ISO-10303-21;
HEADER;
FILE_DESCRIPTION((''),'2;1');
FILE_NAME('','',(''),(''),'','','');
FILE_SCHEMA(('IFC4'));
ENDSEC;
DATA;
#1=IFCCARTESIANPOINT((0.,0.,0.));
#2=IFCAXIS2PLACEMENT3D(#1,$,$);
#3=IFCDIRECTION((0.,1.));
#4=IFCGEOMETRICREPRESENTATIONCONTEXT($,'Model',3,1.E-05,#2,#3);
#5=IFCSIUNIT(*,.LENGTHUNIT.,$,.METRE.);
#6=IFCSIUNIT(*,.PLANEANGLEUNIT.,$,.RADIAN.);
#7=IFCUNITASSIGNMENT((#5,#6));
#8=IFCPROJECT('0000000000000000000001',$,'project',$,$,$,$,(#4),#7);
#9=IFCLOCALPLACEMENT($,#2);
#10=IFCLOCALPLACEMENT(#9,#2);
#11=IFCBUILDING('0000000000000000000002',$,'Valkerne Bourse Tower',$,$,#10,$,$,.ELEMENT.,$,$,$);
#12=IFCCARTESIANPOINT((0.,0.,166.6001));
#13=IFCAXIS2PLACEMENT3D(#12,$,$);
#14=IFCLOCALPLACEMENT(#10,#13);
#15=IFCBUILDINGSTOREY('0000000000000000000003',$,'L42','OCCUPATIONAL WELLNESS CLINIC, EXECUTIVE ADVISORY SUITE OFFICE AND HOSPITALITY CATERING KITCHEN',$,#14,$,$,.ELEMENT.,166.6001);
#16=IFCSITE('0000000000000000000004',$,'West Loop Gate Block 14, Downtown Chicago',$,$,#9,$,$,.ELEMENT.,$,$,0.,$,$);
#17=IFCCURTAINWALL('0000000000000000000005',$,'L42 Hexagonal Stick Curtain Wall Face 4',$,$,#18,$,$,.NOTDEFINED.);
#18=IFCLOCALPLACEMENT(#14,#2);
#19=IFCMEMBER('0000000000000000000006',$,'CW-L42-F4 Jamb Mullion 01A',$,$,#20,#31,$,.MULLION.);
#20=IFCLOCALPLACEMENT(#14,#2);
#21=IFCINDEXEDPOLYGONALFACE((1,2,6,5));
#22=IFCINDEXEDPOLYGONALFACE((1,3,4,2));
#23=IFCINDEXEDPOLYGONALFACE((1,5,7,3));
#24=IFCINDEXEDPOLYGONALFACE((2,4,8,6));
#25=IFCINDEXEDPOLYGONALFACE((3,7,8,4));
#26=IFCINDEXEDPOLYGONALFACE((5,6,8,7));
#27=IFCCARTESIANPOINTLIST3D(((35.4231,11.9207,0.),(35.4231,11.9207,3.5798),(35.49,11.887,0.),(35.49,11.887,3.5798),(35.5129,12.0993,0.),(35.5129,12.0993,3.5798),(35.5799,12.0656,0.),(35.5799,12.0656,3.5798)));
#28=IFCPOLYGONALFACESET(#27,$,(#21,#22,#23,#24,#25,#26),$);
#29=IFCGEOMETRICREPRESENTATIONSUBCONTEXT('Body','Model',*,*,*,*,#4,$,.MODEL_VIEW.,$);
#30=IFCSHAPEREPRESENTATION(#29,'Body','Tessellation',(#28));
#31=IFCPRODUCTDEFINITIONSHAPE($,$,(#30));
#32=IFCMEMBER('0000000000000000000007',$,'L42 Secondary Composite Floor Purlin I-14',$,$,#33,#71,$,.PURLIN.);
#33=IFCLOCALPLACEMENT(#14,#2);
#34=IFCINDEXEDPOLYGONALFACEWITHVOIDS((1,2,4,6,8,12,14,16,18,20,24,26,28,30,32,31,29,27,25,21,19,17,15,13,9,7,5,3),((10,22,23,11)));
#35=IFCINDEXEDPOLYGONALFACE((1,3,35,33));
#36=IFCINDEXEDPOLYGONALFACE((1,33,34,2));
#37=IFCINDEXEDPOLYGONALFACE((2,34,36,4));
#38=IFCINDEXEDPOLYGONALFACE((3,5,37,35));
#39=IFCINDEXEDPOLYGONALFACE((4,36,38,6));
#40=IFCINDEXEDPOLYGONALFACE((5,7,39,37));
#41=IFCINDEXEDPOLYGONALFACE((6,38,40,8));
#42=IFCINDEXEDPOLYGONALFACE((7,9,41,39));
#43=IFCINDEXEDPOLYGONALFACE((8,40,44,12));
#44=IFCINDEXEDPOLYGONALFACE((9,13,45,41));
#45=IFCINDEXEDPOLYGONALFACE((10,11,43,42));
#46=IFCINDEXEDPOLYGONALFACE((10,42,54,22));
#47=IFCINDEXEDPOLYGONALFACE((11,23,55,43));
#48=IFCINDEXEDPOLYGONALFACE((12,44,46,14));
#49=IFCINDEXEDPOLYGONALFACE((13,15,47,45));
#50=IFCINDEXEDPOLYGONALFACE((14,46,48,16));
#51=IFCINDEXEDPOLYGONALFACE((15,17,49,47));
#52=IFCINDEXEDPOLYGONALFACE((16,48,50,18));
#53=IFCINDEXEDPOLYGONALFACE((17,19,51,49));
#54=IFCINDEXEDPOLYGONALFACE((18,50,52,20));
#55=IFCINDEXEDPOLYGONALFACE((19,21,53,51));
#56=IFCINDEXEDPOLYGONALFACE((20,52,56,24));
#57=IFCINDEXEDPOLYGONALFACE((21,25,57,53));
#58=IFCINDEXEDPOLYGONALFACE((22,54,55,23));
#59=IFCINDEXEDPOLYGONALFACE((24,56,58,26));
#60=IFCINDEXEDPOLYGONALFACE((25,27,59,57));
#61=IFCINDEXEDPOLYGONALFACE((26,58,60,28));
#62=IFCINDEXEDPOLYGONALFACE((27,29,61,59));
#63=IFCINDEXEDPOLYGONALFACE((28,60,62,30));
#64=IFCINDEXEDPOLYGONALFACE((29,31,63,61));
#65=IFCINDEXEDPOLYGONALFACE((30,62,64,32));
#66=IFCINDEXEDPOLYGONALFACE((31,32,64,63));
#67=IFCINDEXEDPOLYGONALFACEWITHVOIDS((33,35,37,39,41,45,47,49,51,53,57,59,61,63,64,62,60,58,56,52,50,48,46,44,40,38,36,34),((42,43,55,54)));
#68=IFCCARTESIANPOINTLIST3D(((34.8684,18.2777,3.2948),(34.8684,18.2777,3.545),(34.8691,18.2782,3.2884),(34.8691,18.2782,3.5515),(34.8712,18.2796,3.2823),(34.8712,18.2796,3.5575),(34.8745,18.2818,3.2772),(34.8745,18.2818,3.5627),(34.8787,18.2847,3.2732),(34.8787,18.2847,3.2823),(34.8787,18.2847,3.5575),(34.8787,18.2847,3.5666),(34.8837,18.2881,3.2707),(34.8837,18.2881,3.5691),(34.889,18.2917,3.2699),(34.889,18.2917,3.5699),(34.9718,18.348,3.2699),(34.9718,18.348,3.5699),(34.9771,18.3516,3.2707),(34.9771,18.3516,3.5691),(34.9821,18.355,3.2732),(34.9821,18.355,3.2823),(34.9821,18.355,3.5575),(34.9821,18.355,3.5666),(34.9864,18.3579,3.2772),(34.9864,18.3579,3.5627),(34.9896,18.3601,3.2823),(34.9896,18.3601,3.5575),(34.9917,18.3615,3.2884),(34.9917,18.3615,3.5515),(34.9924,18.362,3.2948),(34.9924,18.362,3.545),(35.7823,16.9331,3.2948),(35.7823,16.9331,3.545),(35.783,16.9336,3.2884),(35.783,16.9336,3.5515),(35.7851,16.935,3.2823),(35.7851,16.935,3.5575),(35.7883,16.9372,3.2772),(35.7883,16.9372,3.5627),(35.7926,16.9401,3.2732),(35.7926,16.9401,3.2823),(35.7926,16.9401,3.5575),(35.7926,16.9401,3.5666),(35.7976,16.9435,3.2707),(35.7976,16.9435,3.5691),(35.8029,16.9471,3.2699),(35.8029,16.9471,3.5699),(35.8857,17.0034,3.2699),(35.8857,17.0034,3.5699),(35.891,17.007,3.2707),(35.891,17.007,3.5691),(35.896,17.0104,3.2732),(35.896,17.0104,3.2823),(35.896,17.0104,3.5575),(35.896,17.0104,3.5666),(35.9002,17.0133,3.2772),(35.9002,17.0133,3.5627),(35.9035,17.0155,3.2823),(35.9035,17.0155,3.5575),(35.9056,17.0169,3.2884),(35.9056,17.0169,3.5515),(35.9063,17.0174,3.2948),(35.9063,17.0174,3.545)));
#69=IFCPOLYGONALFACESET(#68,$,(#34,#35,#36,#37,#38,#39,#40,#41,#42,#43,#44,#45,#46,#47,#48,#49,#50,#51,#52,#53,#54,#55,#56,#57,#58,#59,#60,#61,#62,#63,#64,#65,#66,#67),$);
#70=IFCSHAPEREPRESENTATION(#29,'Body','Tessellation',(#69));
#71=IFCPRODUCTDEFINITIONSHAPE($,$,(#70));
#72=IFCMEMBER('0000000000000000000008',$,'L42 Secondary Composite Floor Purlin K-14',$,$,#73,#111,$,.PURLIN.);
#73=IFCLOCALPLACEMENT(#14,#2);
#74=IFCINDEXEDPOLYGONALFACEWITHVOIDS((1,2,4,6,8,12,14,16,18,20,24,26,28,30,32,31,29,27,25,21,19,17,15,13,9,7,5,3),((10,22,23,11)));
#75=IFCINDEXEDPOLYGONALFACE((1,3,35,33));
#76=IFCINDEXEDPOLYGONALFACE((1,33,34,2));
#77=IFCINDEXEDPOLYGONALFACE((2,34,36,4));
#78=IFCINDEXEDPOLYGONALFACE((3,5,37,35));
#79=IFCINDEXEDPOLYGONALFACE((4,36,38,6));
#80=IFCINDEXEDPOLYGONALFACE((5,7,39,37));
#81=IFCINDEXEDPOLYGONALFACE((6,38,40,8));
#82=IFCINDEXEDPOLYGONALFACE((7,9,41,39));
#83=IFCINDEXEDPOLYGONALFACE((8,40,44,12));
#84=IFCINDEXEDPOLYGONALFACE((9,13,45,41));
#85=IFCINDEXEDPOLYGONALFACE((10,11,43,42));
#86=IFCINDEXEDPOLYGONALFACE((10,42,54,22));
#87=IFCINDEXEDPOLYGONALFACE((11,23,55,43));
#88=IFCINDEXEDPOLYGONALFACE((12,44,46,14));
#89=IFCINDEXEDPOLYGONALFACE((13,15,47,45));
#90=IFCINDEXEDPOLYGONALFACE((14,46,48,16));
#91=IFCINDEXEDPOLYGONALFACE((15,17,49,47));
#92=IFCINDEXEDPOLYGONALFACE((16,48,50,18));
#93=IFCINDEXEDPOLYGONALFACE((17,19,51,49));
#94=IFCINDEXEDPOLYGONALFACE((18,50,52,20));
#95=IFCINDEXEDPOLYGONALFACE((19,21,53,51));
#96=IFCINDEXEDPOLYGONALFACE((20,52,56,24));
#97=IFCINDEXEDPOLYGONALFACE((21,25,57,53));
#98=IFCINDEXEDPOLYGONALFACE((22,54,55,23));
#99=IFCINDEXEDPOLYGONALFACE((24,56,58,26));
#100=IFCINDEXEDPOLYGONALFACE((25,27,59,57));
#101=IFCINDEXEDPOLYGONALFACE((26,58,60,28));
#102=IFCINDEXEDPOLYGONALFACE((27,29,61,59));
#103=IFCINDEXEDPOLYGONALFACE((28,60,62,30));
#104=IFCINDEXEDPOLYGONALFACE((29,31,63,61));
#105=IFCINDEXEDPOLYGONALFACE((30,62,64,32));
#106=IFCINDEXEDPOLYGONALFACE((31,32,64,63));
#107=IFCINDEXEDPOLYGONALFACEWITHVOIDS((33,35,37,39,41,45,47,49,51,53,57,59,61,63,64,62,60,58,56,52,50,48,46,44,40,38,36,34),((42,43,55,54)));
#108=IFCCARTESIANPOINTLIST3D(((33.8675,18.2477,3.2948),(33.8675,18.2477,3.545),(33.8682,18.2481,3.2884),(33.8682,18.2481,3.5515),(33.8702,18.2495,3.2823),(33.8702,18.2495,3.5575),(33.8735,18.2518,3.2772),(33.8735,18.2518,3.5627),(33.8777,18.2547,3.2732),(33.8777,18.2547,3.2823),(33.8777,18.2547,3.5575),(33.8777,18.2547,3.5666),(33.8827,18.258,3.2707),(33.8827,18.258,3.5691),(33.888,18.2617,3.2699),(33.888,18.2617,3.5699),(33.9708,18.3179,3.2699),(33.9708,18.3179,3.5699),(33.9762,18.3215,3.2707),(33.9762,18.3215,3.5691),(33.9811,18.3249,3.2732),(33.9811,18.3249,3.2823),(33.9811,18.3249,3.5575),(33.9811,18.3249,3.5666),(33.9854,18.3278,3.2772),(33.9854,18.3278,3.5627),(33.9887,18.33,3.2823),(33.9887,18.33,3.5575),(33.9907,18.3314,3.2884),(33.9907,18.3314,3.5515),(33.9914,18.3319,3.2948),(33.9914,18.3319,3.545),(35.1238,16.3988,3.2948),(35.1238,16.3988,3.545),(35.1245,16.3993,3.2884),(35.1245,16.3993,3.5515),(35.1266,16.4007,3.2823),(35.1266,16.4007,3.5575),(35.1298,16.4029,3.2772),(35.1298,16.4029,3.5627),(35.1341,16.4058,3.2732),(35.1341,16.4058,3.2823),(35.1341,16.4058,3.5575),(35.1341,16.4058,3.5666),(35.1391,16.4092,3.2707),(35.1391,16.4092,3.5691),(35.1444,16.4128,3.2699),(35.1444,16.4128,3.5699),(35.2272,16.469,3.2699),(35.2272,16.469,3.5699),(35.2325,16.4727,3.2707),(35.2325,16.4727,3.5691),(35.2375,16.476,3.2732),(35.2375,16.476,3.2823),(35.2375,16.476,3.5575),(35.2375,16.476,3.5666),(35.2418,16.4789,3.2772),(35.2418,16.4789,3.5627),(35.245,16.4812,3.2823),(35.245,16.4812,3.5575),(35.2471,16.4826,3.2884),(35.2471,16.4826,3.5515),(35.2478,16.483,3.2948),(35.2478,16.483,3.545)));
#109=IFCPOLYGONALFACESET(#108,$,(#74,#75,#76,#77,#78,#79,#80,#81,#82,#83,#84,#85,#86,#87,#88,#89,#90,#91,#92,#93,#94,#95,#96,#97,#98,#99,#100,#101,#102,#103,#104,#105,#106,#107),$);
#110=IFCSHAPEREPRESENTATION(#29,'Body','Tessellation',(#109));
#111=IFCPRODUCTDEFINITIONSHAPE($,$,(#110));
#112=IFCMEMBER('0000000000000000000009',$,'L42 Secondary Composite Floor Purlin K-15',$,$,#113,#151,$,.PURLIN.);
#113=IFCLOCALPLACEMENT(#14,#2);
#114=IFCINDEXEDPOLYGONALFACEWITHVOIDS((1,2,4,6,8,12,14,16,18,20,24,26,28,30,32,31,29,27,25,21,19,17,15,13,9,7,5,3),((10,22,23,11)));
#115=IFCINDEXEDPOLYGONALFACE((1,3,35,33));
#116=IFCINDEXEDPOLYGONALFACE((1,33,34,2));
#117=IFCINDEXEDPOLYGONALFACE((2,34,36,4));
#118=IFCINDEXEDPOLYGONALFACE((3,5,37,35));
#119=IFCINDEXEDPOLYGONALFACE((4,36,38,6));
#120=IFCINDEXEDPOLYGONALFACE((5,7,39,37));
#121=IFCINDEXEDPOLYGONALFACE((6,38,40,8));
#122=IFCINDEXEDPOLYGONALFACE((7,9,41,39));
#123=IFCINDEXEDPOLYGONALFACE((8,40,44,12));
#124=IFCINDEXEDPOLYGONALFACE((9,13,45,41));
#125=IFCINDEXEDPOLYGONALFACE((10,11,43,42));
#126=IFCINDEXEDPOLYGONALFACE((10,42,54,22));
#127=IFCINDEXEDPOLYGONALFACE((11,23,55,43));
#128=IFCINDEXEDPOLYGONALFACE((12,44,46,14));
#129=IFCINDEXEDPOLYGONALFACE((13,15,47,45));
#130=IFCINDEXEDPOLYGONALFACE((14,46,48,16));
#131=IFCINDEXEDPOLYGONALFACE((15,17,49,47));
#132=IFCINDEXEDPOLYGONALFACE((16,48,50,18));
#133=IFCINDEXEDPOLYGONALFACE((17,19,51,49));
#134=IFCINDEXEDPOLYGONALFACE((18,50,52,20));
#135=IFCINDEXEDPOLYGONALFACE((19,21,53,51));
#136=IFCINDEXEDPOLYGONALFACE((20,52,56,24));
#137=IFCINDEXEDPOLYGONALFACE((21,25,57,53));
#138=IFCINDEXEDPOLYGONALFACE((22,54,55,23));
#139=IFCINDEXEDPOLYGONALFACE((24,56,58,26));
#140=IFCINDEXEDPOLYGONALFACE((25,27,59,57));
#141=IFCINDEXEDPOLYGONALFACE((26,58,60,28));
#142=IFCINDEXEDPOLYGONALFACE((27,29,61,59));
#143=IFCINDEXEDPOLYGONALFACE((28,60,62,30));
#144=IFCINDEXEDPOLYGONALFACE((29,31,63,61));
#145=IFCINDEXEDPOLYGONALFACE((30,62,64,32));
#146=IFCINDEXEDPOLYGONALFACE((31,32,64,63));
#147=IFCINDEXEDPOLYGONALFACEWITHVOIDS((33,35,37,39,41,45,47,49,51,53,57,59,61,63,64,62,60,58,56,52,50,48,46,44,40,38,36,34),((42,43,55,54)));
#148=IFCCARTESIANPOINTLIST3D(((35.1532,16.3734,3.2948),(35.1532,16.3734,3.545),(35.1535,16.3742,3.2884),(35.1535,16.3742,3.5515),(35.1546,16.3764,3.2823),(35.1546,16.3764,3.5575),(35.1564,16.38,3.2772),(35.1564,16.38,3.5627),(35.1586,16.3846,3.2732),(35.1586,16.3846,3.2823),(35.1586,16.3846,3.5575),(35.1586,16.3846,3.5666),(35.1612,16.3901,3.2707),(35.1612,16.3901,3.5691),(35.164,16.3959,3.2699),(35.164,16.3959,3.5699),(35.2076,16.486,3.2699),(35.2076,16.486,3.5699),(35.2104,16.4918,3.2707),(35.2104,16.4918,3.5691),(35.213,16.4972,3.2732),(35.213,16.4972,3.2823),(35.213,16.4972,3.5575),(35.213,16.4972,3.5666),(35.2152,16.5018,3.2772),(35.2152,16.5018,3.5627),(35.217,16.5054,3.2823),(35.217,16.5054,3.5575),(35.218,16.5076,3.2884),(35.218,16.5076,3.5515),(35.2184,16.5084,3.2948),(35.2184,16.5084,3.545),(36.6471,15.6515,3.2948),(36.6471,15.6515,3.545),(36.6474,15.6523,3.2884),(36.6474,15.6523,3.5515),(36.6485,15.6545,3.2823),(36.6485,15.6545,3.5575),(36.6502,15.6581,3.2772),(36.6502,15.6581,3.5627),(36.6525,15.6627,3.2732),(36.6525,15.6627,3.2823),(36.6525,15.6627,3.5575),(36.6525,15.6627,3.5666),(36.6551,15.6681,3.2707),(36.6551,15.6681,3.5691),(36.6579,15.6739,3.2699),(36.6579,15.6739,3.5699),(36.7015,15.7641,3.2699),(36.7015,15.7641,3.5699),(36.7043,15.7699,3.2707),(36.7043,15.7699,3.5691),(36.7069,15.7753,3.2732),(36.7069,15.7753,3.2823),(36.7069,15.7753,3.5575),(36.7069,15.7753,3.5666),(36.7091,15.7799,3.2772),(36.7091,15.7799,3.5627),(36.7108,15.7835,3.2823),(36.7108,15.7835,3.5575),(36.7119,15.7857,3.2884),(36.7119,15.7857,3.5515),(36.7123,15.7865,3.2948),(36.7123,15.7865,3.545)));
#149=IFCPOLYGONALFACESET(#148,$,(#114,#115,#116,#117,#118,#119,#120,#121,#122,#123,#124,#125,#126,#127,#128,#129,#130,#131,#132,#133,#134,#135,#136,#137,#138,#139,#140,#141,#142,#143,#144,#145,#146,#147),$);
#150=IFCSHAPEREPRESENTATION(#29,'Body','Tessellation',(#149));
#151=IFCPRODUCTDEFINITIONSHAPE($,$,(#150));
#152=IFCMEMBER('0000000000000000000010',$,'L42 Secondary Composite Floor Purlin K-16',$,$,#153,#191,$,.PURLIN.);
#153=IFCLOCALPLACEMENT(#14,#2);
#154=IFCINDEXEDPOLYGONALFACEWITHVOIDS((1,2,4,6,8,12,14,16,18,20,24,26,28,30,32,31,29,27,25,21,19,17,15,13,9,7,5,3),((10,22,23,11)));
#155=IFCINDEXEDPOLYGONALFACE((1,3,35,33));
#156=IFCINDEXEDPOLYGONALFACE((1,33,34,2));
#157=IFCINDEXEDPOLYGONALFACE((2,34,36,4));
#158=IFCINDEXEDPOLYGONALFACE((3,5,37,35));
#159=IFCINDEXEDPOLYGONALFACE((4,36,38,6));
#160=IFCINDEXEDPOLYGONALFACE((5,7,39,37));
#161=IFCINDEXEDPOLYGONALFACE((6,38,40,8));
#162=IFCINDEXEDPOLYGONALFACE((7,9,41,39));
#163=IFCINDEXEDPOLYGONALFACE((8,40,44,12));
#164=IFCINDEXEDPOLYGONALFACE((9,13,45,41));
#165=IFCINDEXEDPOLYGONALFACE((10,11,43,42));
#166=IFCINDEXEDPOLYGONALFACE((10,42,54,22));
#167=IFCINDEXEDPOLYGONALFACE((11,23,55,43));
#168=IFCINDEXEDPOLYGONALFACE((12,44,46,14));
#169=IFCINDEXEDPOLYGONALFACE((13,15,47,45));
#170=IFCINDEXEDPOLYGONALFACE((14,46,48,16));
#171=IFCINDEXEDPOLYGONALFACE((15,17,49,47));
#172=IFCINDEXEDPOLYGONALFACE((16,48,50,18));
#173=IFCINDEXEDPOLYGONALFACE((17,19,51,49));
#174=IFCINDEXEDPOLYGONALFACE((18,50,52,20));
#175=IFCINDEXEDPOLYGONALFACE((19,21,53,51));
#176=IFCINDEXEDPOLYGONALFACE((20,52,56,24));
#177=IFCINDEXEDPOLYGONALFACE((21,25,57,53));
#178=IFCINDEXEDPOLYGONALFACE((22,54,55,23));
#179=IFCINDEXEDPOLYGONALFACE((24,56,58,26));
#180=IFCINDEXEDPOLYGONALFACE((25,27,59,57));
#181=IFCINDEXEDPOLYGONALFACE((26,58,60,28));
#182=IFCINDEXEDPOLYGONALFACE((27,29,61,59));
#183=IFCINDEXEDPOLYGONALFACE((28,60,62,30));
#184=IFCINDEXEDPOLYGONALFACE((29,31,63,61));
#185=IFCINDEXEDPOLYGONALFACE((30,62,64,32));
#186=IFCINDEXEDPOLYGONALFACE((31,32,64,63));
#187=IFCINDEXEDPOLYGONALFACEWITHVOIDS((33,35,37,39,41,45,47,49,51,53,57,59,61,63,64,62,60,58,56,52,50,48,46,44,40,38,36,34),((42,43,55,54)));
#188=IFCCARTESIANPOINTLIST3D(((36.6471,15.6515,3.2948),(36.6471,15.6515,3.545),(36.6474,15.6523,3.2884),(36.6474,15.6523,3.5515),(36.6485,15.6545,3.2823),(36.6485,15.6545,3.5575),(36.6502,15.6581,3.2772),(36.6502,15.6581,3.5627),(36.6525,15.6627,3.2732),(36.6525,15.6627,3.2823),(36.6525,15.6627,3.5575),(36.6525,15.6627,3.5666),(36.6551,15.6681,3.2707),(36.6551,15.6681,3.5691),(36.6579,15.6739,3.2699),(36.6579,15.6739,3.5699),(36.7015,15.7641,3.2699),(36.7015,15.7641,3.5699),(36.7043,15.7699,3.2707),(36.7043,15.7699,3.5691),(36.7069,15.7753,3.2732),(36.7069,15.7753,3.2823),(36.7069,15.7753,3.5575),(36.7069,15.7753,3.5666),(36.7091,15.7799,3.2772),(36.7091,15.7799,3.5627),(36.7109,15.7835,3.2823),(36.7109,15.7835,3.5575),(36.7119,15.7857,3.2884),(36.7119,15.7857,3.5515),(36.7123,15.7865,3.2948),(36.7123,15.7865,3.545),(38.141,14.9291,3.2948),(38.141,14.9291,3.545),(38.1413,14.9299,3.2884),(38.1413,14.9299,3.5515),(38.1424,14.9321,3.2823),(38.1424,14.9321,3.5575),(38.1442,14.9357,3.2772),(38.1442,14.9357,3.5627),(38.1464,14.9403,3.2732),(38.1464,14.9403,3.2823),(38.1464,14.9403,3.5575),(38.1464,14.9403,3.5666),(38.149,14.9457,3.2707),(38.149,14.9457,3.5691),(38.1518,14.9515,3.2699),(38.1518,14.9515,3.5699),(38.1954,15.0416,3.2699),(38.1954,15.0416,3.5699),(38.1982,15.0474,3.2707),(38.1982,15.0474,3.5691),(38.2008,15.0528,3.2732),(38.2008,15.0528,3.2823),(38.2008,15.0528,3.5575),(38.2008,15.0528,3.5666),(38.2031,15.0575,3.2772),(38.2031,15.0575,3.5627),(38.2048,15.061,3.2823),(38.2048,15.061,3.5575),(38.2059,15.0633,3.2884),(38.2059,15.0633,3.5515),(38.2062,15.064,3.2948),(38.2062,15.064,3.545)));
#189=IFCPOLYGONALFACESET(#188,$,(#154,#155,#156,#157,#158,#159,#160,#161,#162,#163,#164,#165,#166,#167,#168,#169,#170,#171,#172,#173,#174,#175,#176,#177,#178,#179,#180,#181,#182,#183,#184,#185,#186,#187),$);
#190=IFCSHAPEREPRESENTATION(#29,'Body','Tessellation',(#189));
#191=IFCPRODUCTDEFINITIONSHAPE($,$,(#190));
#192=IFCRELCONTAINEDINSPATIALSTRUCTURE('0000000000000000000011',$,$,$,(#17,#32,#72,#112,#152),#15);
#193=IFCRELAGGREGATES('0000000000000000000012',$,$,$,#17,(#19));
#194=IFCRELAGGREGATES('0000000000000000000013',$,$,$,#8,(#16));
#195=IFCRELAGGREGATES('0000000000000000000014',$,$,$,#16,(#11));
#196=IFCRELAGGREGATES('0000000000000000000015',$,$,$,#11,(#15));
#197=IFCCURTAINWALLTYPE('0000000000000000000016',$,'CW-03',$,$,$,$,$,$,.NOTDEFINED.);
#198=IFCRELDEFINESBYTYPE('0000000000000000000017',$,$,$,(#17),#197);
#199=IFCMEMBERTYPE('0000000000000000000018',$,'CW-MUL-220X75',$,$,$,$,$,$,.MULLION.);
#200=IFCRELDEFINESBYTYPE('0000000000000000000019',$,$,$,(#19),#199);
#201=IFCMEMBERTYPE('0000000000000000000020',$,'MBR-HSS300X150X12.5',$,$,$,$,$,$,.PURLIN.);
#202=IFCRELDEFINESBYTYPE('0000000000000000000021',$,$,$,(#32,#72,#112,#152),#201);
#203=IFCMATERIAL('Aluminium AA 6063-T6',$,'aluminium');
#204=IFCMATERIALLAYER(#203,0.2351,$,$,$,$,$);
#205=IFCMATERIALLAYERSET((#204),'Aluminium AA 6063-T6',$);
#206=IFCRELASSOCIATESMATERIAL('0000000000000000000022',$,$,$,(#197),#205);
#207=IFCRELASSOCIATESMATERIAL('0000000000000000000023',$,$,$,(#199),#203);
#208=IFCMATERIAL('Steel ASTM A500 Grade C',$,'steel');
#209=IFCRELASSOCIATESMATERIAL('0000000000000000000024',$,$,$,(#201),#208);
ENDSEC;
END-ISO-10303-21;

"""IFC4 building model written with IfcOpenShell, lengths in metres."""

from ifc_helpers import new_model, si_unit, direction, frame, origin, origin_2d, place, context, subcontext, project, spatial, rectangle, hollow_rectangle, extrude, material, layer, layer_set, material_profile, profile_set, type_object, element, aggregate, save


model = new_model("IFC4")

# Units and contexts
model_context = context("Model", 3, precision=1e-05, world=origin(), true_north=direction((0.0, 1.0)))
body_context = subcontext(model_context, "Body", "Model", "MODEL_VIEW")
ifc_project = project(units=[si_unit("LENGTHUNIT", "METRE"), si_unit("PLANEANGLEUNIT", "RADIAN")], contexts=[model_context])

# Site, building, storey
site_placement = place(None, origin())
site = spatial("IfcSite", under=ifc_project, at=site_placement, Name="West Loop Gate Block 14, Downtown Chicago", CompositionType="ELEMENT", RefElevation=0.0)
building_placement = place(site_placement, origin())
building = spatial("IfcBuilding", under=site, at=building_placement, Name="Valkerne Bourse Tower", CompositionType="ELEMENT")
storey_placement = place(building_placement, frame((0.0, 0.0, 166.6001)))
storey = spatial("IfcBuildingStorey", under=building, at=storey_placement, Name="L42", Description="OCCUPATIONAL WELLNESS CLINIC, EXECUTIVE ADVISORY SUITE OFFICE AND HOSPITALITY CATERING KITCHEN", CompositionType="ELEMENT", Elevation=166.6001)

# Curtain wall, member
ifc_material_1 = material(Name="Aluminium AA 6063-T6", Category="aluminium")
ifc_layer_1 = layer(ifc_material_1, 0.2351)
ifc_layer_set_1 = layer_set([ifc_layer_1], Name="Aluminium AA 6063-T6")
curtain_wall_type = type_object("IfcCurtainWallType", Name="CW-03", PredefinedType="NOTDEFINED", material=ifc_layer_set_1)
curtain_wall_placement = place(storey_placement, origin())
curtain_wall = element("IfcCurtainWall", 1, at=curtain_wall_placement, inside=storey, type_object=curtain_wall_type, Name="L42 Hexagonal Stick Curtain Wall Face 4", PredefinedType="NOTDEFINED")
ifc_material_profile_1 = material_profile(ifc_material_1, rectangle(XDim=0.075, YDim=0.2, at=origin_2d()), Name="CWM-75X200")
ifc_profile_set_1 = profile_set([ifc_material_profile_1], Name="Aluminium AA 6063-T6")
member_type_1 = type_object("IfcMemberType", Name="CW-MUL-220X75", PredefinedType="MULLION", material=ifc_profile_set_1)
member_1_placement = place(storey_placement, frame((35.5015, 11.9932, 0.0), z_axis=(0.0, 0.0, 1.0), x_axis=(0.89338, -0.449302, 0.0)))
member_1 = element("IfcMember", 2, at=member_1_placement, type_object=member_type_1, Name="CW-L42-F4 Jamb Mullion 01A", PredefinedType="MULLION", context=body_context, shape_type="SweptSolid", body=[
    extrude(rectangle(XDim=0.075, YDim=0.2, at=origin_2d()), origin(), (0.0, 0.0, 1.0), 3.5798),
])

# Members
ifc_material_2 = material(Name="Steel ASTM A500 Grade C", Category="steel")
ifc_material_profile_2 = material_profile(ifc_material_2, hollow_rectangle(XDim=0.1499, YDim=0.3, WallThickness=0.0125, OuterFilletRadius=0.0249, at=origin_2d()), Name="HSS300X150X12.5")
ifc_profile_set_2 = profile_set([ifc_material_profile_2], Name="Steel ASTM A500 Grade C")
member_type_2 = type_object("IfcMemberType", Name="MBR-HSS300X150X12.5", PredefinedType="PURLIN", material=ifc_profile_set_2)
member_2_placement = place(storey_placement, frame((34.9304, 18.3198, 3.4199), z_axis=(0.562129, -0.827049, 0.0), x_axis=(0.827049, 0.562129, 0.0)))
element("IfcMember", 3, at=member_2_placement, inside=storey, type_object=member_type_2, Name="L42 Secondary Composite Floor Purlin I-14", PredefinedType="PURLIN", context=body_context, shape_type="SweptSolid", body=[
    extrude(hollow_rectangle(XDim=0.1499, YDim=0.3, WallThickness=0.0125, OuterFilletRadius=0.0249, at=origin_2d()), origin(), (0.0, 0.0, 1.0), 1.6257),
])
member_3_placement = place(storey_placement, frame((33.9294, 18.2898, 3.4199), z_axis=(0.562038, -0.827111, 0.0), x_axis=(0.827111, 0.562038, 0.0)))
element("IfcMember", 4, at=member_3_placement, inside=storey, type_object=member_type_2, Name="L42 Secondary Composite Floor Purlin K-14", PredefinedType="PURLIN", context=body_context, shape_type="SweptSolid", body=[
    extrude(hollow_rectangle(XDim=0.1499, YDim=0.3, WallThickness=0.0125, OuterFilletRadius=0.0249, at=origin_2d()), origin(), (0.0, 0.0, 1.0), 2.2354),
])
member_4_placement = place(storey_placement, frame((35.1858, 16.4409, 3.4199), z_axis=(0.900379, -0.435107, 0.0), x_axis=(0.435107, 0.900379, 0.0)))
element("IfcMember", 5, at=member_4_placement, inside=storey, type_object=member_type_2, Name="L42 Secondary Composite Floor Purlin K-15", PredefinedType="PURLIN", context=body_context, shape_type="SweptSolid", body=[
    extrude(hollow_rectangle(XDim=0.1499, YDim=0.3, WallThickness=0.0125, OuterFilletRadius=0.0249, at=origin_2d()), origin(), (0.0, 0.0, 1.0), 1.6592),
])
member_5_placement = place(storey_placement, frame((36.6797, 15.719, 3.4199), z_axis=(0.900263, -0.435346, 0.0), x_axis=(0.435346, 0.900263, 0.0)))
element("IfcMember", 6, at=member_5_placement, inside=storey, type_object=member_type_2, Name="L42 Secondary Composite Floor Purlin K-16", PredefinedType="PURLIN", context=body_context, shape_type="SweptSolid", body=[
    extrude(hollow_rectangle(XDim=0.1499, YDim=0.3, WallThickness=0.0125, OuterFilletRadius=0.0249, at=origin_2d()), origin(), (0.0, 0.0, 1.0), 1.6594),
])

aggregate(curtain_wall, [member_1])

save(model, "model.ifc")
